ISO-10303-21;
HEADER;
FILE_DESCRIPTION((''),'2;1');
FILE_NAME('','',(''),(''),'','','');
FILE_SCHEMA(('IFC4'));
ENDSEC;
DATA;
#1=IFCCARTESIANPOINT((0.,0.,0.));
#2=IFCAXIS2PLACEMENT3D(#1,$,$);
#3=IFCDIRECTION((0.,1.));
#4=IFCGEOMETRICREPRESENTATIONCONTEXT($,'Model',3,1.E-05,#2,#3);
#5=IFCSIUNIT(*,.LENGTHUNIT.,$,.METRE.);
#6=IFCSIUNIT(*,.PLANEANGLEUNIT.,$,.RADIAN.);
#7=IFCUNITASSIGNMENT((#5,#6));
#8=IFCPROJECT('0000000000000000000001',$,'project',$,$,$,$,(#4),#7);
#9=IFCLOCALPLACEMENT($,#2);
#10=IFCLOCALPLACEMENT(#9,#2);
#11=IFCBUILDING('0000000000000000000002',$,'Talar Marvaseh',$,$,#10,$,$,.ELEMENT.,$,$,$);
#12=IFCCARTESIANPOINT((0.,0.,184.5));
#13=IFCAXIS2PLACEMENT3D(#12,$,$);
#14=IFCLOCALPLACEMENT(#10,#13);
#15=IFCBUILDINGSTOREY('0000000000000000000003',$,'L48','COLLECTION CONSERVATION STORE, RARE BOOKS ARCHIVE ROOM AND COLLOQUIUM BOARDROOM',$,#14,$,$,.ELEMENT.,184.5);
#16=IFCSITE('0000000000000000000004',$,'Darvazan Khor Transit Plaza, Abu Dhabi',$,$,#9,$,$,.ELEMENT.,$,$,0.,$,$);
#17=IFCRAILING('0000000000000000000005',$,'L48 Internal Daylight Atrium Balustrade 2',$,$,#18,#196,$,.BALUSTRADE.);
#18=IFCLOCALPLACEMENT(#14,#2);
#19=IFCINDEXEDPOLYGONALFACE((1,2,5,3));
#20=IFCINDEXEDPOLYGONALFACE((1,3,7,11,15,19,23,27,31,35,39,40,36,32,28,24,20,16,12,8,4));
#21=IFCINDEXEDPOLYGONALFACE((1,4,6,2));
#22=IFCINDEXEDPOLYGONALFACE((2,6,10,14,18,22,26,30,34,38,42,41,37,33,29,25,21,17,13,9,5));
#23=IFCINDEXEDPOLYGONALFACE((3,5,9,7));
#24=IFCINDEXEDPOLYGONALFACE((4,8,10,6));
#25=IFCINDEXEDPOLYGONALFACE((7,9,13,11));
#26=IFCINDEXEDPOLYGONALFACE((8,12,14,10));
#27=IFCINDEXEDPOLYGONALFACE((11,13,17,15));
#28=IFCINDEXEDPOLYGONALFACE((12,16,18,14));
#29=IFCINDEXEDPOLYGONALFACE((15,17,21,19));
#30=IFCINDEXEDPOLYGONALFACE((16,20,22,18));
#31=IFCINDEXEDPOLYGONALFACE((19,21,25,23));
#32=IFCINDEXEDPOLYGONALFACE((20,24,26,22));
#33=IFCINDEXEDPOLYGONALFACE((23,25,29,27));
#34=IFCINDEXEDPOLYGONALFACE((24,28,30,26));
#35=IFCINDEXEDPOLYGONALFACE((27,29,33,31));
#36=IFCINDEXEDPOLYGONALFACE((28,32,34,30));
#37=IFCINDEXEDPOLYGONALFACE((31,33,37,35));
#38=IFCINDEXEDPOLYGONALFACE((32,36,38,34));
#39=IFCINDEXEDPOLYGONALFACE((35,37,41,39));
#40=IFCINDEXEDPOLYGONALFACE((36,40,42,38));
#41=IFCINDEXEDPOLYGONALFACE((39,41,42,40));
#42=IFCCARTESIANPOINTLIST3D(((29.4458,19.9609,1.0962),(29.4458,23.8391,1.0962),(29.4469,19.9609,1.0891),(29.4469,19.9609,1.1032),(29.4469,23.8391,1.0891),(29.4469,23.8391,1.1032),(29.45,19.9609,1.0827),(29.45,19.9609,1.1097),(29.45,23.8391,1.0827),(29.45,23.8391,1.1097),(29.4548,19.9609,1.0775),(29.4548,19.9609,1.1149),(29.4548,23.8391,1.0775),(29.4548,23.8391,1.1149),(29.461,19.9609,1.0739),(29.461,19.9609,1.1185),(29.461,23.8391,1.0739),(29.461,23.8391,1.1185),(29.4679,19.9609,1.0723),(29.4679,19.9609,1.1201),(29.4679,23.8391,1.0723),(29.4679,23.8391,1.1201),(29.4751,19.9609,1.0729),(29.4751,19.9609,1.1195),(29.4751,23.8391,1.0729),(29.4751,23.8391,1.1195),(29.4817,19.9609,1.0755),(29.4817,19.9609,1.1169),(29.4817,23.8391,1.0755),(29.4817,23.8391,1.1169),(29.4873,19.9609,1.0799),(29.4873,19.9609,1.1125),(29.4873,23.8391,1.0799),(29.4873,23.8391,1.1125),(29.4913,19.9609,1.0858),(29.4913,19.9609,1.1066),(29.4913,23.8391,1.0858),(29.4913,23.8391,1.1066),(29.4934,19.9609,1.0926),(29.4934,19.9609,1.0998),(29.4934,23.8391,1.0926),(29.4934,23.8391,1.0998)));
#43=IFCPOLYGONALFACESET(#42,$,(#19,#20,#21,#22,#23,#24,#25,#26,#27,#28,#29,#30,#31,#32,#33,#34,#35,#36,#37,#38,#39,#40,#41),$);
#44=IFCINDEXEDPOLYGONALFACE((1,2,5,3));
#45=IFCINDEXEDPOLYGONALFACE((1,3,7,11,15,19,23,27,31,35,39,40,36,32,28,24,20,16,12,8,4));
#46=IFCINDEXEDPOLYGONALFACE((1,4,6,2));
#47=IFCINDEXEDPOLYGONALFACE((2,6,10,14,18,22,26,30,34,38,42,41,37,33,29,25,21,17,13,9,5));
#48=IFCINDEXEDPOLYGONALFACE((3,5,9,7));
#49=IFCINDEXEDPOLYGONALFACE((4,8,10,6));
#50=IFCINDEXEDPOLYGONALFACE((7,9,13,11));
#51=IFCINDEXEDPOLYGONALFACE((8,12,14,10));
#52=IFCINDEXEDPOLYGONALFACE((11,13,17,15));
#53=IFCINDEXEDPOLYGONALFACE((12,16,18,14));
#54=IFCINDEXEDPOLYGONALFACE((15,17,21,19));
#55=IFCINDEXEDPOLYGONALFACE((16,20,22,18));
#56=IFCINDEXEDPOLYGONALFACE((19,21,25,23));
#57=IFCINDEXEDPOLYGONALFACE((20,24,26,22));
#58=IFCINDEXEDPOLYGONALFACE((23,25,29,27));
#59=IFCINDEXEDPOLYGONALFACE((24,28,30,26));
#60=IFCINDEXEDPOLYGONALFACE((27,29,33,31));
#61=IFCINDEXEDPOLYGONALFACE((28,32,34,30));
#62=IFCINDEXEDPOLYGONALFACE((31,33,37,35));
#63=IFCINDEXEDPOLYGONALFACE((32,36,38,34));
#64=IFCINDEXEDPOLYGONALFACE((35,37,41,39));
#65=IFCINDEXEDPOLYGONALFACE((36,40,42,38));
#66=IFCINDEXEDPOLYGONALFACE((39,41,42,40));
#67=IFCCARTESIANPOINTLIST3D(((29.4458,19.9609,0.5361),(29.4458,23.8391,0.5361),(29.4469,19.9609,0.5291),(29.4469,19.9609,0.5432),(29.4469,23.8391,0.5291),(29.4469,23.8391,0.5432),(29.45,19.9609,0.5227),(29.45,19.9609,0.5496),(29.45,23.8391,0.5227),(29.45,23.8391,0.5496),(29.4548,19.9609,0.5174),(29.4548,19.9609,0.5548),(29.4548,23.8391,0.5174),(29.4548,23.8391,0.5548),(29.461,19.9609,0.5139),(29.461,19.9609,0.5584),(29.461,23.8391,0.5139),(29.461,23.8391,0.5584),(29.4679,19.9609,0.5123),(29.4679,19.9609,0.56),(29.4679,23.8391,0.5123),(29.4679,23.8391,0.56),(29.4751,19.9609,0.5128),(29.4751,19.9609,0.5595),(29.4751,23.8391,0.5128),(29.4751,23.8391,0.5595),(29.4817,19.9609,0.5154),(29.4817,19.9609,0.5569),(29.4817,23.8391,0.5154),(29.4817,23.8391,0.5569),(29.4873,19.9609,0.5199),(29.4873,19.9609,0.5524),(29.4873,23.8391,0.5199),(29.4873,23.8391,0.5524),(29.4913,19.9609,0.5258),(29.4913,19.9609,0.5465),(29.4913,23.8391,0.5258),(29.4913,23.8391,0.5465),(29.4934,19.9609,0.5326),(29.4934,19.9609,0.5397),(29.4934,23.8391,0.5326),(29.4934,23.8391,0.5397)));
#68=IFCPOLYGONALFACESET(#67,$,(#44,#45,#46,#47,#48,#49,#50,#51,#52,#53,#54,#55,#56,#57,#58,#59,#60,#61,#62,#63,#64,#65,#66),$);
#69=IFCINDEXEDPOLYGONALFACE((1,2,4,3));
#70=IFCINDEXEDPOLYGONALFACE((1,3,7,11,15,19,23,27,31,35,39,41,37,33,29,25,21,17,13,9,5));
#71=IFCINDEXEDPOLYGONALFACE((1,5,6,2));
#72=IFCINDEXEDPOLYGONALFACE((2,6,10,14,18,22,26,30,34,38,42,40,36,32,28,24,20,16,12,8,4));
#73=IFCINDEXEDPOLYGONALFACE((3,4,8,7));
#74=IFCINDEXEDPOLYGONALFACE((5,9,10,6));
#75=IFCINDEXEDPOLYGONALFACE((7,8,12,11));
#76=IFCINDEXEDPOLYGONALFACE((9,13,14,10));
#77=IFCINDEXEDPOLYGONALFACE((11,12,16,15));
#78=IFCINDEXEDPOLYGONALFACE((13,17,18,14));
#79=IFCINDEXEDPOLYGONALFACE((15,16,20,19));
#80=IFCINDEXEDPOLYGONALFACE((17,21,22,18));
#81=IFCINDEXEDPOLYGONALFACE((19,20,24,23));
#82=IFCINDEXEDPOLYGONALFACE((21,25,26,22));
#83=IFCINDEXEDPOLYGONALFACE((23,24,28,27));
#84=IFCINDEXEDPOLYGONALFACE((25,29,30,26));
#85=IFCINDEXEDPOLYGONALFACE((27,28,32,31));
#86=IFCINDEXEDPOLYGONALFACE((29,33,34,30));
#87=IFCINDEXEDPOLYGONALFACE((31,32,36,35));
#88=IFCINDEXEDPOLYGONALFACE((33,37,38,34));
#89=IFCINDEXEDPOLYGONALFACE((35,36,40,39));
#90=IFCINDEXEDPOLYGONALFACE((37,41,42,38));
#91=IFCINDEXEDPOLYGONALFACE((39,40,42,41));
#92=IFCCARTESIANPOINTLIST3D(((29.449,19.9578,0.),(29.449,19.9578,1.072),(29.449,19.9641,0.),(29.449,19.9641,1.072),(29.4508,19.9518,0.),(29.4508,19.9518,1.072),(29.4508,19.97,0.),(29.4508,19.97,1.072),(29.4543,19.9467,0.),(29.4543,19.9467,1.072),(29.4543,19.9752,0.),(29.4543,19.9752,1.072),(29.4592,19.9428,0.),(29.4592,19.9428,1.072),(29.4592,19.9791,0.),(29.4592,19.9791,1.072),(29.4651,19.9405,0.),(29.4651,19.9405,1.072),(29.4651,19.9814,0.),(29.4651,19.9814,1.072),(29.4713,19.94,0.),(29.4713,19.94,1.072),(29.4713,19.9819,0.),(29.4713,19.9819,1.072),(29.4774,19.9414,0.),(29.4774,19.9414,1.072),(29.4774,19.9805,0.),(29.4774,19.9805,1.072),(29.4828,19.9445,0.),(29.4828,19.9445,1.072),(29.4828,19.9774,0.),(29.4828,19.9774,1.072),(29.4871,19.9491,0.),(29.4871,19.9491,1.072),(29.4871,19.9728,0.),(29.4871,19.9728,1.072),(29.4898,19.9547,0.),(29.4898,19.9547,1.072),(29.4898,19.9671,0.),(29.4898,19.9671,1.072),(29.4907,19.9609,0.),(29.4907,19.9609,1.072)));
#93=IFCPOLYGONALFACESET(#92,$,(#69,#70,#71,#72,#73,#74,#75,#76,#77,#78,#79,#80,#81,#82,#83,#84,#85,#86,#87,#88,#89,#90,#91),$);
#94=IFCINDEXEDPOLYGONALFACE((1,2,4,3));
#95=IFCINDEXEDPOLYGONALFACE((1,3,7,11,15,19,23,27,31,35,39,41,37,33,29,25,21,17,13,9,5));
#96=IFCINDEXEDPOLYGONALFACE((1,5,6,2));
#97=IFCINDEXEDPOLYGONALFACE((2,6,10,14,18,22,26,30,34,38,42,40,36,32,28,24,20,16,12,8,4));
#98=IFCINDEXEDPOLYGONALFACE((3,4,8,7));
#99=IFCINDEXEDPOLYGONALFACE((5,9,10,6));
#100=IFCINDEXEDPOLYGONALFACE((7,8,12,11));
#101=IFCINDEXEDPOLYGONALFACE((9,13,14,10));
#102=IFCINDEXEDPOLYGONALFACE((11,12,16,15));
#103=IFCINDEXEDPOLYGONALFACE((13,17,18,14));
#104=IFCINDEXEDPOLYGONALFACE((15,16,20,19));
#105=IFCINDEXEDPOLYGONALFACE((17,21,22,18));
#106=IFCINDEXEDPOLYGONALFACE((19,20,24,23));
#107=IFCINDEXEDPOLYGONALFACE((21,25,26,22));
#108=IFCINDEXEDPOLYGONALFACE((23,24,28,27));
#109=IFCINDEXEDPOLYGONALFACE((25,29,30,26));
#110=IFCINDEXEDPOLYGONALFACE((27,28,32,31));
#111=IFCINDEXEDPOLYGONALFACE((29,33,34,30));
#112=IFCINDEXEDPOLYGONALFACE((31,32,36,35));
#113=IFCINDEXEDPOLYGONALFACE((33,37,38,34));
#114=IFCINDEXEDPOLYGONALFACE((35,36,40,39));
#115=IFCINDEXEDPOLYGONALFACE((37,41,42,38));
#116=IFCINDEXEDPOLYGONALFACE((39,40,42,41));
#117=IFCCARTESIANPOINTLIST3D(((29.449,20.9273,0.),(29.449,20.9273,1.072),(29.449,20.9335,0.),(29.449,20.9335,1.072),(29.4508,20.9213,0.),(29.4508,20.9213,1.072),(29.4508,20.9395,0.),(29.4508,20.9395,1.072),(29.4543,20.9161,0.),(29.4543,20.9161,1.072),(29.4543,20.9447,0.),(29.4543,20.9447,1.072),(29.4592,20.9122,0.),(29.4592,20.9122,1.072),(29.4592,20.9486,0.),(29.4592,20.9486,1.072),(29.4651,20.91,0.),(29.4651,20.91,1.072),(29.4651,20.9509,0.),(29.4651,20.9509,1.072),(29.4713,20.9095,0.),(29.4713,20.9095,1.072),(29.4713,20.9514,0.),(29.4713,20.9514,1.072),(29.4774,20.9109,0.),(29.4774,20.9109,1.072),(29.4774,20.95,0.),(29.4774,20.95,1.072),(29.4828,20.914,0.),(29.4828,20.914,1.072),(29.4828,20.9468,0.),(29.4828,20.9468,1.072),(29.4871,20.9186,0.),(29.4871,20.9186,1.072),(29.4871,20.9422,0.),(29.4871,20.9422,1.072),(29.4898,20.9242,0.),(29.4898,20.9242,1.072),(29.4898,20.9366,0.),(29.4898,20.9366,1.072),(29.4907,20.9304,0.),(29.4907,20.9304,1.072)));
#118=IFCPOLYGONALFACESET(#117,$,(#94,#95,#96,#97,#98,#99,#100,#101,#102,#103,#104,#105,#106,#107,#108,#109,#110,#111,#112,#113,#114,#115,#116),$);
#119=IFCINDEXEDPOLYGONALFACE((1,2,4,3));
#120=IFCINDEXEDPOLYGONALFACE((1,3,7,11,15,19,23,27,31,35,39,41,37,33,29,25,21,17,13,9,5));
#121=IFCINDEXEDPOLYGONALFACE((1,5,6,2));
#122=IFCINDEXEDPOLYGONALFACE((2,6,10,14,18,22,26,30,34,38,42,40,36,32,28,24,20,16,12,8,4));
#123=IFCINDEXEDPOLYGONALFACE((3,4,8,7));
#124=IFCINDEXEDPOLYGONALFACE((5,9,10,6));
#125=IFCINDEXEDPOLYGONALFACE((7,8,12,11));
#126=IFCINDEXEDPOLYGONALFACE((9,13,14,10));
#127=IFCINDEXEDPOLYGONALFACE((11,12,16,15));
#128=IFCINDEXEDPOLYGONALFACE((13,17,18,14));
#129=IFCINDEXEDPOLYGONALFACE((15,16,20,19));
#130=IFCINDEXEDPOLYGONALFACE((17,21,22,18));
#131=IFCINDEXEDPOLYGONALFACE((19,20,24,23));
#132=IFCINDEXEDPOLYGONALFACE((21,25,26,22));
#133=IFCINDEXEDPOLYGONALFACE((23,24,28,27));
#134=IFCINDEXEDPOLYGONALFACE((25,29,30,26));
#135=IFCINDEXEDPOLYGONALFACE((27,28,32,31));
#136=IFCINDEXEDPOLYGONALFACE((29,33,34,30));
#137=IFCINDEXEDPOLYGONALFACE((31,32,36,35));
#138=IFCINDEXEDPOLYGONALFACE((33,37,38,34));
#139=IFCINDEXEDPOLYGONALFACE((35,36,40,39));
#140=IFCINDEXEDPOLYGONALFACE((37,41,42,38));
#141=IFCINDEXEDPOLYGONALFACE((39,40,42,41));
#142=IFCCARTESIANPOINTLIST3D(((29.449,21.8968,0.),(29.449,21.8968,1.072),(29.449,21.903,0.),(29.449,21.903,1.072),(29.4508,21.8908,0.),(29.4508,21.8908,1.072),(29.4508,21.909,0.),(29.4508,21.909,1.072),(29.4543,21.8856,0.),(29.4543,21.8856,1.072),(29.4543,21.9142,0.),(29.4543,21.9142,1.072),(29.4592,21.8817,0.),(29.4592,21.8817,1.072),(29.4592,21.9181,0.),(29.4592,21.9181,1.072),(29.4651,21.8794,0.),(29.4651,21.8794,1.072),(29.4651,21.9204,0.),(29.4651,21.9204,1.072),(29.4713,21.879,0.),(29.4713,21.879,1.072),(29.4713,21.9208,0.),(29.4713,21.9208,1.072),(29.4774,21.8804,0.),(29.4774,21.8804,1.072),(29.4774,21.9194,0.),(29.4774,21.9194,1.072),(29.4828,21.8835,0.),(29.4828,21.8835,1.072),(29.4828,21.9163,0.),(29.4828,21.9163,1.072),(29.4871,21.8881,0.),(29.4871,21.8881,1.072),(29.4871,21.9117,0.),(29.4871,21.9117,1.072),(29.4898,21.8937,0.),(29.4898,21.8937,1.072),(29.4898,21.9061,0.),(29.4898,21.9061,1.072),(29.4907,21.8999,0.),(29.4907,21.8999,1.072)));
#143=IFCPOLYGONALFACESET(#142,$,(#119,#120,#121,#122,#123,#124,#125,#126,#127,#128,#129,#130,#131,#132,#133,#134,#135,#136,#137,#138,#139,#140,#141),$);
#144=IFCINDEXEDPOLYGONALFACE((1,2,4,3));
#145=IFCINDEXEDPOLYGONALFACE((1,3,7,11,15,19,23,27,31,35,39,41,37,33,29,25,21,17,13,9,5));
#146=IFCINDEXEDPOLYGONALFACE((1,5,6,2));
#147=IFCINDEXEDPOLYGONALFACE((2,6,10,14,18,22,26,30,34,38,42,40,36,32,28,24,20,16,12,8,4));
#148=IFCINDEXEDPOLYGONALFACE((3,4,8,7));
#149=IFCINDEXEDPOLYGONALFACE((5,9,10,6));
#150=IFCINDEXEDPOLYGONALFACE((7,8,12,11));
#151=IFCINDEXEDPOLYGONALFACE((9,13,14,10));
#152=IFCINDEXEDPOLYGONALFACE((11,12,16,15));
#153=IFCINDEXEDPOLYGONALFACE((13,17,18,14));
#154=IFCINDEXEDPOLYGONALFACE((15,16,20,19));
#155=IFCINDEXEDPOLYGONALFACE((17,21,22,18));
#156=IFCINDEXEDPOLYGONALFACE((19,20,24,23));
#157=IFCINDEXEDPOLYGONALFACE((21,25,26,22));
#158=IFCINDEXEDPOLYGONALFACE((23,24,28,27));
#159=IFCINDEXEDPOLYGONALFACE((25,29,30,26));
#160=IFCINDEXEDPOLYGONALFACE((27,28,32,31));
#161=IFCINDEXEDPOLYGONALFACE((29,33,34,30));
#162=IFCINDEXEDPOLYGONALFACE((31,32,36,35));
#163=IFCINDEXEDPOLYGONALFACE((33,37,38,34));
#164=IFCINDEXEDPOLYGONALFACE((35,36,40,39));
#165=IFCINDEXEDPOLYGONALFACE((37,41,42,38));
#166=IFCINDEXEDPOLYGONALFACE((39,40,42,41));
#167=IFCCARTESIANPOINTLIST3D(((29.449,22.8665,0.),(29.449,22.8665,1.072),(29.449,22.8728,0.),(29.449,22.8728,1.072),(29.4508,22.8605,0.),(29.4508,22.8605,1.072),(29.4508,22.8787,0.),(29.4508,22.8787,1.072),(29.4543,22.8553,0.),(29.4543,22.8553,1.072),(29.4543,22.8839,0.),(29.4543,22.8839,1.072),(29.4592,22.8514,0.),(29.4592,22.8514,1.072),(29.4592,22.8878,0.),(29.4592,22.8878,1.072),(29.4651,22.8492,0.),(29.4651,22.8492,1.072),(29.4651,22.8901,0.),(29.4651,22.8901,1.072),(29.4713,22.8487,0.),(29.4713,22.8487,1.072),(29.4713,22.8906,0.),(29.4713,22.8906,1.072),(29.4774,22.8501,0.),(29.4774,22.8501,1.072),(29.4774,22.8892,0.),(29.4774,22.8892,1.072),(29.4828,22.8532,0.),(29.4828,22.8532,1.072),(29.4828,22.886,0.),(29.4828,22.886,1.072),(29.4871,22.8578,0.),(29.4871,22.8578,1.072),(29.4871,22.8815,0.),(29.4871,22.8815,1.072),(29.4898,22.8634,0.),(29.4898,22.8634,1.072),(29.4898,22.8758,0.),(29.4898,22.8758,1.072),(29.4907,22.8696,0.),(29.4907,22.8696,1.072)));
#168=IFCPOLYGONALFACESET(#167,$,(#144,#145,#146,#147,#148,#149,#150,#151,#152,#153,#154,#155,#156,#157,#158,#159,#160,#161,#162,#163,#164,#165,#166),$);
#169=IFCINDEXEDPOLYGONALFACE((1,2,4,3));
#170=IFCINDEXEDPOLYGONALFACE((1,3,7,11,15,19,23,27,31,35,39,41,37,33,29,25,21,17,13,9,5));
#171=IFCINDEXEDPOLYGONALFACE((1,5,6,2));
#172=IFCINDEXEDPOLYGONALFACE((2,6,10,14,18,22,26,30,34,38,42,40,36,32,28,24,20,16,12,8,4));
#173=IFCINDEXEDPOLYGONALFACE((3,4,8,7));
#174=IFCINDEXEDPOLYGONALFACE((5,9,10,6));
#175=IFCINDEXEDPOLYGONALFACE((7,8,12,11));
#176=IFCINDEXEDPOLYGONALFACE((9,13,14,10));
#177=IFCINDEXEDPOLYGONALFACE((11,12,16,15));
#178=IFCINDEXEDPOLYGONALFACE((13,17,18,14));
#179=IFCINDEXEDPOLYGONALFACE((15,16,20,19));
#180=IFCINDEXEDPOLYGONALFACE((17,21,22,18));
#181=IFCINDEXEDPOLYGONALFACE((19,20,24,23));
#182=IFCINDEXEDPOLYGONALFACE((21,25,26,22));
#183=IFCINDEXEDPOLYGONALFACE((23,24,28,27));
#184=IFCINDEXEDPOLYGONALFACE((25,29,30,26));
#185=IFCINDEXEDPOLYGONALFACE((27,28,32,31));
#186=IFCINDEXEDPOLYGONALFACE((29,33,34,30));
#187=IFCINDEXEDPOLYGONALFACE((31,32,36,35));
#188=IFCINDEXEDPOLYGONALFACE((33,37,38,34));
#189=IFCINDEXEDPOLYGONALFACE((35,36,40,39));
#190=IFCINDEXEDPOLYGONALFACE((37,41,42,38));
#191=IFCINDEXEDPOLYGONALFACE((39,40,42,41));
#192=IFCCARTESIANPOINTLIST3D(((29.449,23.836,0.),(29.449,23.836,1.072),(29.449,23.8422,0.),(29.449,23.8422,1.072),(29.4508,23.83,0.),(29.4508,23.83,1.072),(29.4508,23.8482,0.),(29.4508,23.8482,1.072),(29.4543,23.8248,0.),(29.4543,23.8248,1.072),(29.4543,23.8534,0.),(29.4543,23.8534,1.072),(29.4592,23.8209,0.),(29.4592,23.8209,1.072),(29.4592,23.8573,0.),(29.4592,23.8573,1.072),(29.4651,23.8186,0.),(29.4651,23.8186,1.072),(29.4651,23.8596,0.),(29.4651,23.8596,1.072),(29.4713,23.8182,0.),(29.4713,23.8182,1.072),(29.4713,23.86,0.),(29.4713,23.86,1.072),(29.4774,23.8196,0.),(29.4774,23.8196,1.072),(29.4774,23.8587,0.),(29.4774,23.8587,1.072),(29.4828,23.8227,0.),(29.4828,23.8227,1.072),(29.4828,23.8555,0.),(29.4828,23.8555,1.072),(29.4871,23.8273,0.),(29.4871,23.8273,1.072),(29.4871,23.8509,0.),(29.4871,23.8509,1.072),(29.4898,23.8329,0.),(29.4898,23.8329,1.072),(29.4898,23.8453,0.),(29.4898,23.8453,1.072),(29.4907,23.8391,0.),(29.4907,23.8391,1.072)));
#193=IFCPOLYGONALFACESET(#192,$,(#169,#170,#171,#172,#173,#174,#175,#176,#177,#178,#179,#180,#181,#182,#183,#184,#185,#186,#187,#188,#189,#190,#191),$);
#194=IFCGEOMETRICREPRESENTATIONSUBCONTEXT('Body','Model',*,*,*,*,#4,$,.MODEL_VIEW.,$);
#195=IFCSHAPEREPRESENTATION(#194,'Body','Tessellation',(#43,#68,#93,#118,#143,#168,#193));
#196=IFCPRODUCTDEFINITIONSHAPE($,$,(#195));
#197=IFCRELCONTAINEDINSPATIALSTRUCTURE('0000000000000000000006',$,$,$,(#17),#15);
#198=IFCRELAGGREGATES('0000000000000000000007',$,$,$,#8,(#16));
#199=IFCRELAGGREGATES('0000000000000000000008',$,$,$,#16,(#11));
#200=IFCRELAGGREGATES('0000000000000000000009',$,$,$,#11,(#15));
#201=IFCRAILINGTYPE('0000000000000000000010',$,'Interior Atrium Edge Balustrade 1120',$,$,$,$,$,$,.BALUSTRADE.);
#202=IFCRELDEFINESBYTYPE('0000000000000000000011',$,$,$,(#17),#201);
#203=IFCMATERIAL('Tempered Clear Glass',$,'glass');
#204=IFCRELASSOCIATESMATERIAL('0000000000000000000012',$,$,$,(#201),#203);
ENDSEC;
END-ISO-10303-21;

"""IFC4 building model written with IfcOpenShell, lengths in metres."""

from ifc_helpers import new_model, si_unit, direction, frame, origin, origin_2d, place, context, subcontext, project, spatial, circle, extrude, material, type_object, element, save


model = new_model("IFC4")

# Units and contexts
model_context = context("Model", 3, precision=1e-05, world=origin(), true_north=direction((0.0, 1.0)))
body_context = subcontext(model_context, "Body", "Model", "MODEL_VIEW")
ifc_project = project(units=[si_unit("LENGTHUNIT", "METRE"), si_unit("PLANEANGLEUNIT", "RADIAN")], contexts=[model_context])

# Site, building, storey
site_placement = place(None, origin())
site = spatial("IfcSite", under=ifc_project, at=site_placement, Name="Darvazan Khor Transit Plaza, Abu Dhabi", CompositionType="ELEMENT", RefElevation=0.0)
building_placement = place(site_placement, origin())
building = spatial("IfcBuilding", under=site, at=building_placement, Name="Talar Marvaseh", CompositionType="ELEMENT")
storey_placement = place(building_placement, frame((0.0, 0.0, 184.5)))
storey = spatial("IfcBuildingStorey", under=building, at=storey_placement, Name="L48", Description="COLLECTION CONSERVATION STORE, RARE BOOKS ARCHIVE ROOM AND COLLOQUIUM BOARDROOM", CompositionType="ELEMENT", Elevation=184.5)

# Railing
ifc_material_1 = material(Name="Tempered Clear Glass", Category="glass")
railing_type = type_object("IfcRailingType", Name="Interior Atrium Edge Balustrade 1120", PredefinedType="BALUSTRADE", material=ifc_material_1)
railing_1_placement = place(storey_placement, frame((29.4697, 19.9609, 0.0)))
element("IfcRailing", 1, at=railing_1_placement, inside=storey, type_object=railing_type, Name="L48 Internal Daylight Atrium Balustrade 2", PredefinedType="BALUSTRADE", context=body_context, shape_type="SweptSolid", body=[
    extrude(circle(Radius=0.0239, at=origin_2d()), frame((0.0, 0.0, 1.0962), z_axis=(0.0, 1.0, 0.0), x_axis=(-1.0, 0.0, 0.0)), (0.0, 0.0, 1.0), 3.8782),
    extrude(circle(Radius=0.0239, at=origin_2d()), frame((0.0, 0.0, 0.5361), z_axis=(0.0, 1.0, 0.0), x_axis=(-1.0, 0.0, 0.0)), (0.0, 0.0, 1.0), 3.8782),
    extrude(circle(Radius=0.021, at=origin_2d()), origin(), (0.0, 0.0, 1.0), 1.072),
    extrude(circle(Radius=0.021, at=origin_2d()), frame((0.0, 0.9695, 0.0)), (0.0, 0.0, 1.0), 1.072),
    extrude(circle(Radius=0.021, at=origin_2d()), frame((0.0, 1.939, 0.0)), (0.0, 0.0, 1.0), 1.072),
    extrude(circle(Radius=0.021, at=origin_2d()), frame((0.0, 2.9087, 0.0)), (0.0, 0.0, 1.0), 1.072),
    extrude(circle(Radius=0.021, at=origin_2d()), frame((0.0, 3.8782, 0.0)), (0.0, 0.0, 1.0), 1.072),
])

save(model, "model.ifc")
